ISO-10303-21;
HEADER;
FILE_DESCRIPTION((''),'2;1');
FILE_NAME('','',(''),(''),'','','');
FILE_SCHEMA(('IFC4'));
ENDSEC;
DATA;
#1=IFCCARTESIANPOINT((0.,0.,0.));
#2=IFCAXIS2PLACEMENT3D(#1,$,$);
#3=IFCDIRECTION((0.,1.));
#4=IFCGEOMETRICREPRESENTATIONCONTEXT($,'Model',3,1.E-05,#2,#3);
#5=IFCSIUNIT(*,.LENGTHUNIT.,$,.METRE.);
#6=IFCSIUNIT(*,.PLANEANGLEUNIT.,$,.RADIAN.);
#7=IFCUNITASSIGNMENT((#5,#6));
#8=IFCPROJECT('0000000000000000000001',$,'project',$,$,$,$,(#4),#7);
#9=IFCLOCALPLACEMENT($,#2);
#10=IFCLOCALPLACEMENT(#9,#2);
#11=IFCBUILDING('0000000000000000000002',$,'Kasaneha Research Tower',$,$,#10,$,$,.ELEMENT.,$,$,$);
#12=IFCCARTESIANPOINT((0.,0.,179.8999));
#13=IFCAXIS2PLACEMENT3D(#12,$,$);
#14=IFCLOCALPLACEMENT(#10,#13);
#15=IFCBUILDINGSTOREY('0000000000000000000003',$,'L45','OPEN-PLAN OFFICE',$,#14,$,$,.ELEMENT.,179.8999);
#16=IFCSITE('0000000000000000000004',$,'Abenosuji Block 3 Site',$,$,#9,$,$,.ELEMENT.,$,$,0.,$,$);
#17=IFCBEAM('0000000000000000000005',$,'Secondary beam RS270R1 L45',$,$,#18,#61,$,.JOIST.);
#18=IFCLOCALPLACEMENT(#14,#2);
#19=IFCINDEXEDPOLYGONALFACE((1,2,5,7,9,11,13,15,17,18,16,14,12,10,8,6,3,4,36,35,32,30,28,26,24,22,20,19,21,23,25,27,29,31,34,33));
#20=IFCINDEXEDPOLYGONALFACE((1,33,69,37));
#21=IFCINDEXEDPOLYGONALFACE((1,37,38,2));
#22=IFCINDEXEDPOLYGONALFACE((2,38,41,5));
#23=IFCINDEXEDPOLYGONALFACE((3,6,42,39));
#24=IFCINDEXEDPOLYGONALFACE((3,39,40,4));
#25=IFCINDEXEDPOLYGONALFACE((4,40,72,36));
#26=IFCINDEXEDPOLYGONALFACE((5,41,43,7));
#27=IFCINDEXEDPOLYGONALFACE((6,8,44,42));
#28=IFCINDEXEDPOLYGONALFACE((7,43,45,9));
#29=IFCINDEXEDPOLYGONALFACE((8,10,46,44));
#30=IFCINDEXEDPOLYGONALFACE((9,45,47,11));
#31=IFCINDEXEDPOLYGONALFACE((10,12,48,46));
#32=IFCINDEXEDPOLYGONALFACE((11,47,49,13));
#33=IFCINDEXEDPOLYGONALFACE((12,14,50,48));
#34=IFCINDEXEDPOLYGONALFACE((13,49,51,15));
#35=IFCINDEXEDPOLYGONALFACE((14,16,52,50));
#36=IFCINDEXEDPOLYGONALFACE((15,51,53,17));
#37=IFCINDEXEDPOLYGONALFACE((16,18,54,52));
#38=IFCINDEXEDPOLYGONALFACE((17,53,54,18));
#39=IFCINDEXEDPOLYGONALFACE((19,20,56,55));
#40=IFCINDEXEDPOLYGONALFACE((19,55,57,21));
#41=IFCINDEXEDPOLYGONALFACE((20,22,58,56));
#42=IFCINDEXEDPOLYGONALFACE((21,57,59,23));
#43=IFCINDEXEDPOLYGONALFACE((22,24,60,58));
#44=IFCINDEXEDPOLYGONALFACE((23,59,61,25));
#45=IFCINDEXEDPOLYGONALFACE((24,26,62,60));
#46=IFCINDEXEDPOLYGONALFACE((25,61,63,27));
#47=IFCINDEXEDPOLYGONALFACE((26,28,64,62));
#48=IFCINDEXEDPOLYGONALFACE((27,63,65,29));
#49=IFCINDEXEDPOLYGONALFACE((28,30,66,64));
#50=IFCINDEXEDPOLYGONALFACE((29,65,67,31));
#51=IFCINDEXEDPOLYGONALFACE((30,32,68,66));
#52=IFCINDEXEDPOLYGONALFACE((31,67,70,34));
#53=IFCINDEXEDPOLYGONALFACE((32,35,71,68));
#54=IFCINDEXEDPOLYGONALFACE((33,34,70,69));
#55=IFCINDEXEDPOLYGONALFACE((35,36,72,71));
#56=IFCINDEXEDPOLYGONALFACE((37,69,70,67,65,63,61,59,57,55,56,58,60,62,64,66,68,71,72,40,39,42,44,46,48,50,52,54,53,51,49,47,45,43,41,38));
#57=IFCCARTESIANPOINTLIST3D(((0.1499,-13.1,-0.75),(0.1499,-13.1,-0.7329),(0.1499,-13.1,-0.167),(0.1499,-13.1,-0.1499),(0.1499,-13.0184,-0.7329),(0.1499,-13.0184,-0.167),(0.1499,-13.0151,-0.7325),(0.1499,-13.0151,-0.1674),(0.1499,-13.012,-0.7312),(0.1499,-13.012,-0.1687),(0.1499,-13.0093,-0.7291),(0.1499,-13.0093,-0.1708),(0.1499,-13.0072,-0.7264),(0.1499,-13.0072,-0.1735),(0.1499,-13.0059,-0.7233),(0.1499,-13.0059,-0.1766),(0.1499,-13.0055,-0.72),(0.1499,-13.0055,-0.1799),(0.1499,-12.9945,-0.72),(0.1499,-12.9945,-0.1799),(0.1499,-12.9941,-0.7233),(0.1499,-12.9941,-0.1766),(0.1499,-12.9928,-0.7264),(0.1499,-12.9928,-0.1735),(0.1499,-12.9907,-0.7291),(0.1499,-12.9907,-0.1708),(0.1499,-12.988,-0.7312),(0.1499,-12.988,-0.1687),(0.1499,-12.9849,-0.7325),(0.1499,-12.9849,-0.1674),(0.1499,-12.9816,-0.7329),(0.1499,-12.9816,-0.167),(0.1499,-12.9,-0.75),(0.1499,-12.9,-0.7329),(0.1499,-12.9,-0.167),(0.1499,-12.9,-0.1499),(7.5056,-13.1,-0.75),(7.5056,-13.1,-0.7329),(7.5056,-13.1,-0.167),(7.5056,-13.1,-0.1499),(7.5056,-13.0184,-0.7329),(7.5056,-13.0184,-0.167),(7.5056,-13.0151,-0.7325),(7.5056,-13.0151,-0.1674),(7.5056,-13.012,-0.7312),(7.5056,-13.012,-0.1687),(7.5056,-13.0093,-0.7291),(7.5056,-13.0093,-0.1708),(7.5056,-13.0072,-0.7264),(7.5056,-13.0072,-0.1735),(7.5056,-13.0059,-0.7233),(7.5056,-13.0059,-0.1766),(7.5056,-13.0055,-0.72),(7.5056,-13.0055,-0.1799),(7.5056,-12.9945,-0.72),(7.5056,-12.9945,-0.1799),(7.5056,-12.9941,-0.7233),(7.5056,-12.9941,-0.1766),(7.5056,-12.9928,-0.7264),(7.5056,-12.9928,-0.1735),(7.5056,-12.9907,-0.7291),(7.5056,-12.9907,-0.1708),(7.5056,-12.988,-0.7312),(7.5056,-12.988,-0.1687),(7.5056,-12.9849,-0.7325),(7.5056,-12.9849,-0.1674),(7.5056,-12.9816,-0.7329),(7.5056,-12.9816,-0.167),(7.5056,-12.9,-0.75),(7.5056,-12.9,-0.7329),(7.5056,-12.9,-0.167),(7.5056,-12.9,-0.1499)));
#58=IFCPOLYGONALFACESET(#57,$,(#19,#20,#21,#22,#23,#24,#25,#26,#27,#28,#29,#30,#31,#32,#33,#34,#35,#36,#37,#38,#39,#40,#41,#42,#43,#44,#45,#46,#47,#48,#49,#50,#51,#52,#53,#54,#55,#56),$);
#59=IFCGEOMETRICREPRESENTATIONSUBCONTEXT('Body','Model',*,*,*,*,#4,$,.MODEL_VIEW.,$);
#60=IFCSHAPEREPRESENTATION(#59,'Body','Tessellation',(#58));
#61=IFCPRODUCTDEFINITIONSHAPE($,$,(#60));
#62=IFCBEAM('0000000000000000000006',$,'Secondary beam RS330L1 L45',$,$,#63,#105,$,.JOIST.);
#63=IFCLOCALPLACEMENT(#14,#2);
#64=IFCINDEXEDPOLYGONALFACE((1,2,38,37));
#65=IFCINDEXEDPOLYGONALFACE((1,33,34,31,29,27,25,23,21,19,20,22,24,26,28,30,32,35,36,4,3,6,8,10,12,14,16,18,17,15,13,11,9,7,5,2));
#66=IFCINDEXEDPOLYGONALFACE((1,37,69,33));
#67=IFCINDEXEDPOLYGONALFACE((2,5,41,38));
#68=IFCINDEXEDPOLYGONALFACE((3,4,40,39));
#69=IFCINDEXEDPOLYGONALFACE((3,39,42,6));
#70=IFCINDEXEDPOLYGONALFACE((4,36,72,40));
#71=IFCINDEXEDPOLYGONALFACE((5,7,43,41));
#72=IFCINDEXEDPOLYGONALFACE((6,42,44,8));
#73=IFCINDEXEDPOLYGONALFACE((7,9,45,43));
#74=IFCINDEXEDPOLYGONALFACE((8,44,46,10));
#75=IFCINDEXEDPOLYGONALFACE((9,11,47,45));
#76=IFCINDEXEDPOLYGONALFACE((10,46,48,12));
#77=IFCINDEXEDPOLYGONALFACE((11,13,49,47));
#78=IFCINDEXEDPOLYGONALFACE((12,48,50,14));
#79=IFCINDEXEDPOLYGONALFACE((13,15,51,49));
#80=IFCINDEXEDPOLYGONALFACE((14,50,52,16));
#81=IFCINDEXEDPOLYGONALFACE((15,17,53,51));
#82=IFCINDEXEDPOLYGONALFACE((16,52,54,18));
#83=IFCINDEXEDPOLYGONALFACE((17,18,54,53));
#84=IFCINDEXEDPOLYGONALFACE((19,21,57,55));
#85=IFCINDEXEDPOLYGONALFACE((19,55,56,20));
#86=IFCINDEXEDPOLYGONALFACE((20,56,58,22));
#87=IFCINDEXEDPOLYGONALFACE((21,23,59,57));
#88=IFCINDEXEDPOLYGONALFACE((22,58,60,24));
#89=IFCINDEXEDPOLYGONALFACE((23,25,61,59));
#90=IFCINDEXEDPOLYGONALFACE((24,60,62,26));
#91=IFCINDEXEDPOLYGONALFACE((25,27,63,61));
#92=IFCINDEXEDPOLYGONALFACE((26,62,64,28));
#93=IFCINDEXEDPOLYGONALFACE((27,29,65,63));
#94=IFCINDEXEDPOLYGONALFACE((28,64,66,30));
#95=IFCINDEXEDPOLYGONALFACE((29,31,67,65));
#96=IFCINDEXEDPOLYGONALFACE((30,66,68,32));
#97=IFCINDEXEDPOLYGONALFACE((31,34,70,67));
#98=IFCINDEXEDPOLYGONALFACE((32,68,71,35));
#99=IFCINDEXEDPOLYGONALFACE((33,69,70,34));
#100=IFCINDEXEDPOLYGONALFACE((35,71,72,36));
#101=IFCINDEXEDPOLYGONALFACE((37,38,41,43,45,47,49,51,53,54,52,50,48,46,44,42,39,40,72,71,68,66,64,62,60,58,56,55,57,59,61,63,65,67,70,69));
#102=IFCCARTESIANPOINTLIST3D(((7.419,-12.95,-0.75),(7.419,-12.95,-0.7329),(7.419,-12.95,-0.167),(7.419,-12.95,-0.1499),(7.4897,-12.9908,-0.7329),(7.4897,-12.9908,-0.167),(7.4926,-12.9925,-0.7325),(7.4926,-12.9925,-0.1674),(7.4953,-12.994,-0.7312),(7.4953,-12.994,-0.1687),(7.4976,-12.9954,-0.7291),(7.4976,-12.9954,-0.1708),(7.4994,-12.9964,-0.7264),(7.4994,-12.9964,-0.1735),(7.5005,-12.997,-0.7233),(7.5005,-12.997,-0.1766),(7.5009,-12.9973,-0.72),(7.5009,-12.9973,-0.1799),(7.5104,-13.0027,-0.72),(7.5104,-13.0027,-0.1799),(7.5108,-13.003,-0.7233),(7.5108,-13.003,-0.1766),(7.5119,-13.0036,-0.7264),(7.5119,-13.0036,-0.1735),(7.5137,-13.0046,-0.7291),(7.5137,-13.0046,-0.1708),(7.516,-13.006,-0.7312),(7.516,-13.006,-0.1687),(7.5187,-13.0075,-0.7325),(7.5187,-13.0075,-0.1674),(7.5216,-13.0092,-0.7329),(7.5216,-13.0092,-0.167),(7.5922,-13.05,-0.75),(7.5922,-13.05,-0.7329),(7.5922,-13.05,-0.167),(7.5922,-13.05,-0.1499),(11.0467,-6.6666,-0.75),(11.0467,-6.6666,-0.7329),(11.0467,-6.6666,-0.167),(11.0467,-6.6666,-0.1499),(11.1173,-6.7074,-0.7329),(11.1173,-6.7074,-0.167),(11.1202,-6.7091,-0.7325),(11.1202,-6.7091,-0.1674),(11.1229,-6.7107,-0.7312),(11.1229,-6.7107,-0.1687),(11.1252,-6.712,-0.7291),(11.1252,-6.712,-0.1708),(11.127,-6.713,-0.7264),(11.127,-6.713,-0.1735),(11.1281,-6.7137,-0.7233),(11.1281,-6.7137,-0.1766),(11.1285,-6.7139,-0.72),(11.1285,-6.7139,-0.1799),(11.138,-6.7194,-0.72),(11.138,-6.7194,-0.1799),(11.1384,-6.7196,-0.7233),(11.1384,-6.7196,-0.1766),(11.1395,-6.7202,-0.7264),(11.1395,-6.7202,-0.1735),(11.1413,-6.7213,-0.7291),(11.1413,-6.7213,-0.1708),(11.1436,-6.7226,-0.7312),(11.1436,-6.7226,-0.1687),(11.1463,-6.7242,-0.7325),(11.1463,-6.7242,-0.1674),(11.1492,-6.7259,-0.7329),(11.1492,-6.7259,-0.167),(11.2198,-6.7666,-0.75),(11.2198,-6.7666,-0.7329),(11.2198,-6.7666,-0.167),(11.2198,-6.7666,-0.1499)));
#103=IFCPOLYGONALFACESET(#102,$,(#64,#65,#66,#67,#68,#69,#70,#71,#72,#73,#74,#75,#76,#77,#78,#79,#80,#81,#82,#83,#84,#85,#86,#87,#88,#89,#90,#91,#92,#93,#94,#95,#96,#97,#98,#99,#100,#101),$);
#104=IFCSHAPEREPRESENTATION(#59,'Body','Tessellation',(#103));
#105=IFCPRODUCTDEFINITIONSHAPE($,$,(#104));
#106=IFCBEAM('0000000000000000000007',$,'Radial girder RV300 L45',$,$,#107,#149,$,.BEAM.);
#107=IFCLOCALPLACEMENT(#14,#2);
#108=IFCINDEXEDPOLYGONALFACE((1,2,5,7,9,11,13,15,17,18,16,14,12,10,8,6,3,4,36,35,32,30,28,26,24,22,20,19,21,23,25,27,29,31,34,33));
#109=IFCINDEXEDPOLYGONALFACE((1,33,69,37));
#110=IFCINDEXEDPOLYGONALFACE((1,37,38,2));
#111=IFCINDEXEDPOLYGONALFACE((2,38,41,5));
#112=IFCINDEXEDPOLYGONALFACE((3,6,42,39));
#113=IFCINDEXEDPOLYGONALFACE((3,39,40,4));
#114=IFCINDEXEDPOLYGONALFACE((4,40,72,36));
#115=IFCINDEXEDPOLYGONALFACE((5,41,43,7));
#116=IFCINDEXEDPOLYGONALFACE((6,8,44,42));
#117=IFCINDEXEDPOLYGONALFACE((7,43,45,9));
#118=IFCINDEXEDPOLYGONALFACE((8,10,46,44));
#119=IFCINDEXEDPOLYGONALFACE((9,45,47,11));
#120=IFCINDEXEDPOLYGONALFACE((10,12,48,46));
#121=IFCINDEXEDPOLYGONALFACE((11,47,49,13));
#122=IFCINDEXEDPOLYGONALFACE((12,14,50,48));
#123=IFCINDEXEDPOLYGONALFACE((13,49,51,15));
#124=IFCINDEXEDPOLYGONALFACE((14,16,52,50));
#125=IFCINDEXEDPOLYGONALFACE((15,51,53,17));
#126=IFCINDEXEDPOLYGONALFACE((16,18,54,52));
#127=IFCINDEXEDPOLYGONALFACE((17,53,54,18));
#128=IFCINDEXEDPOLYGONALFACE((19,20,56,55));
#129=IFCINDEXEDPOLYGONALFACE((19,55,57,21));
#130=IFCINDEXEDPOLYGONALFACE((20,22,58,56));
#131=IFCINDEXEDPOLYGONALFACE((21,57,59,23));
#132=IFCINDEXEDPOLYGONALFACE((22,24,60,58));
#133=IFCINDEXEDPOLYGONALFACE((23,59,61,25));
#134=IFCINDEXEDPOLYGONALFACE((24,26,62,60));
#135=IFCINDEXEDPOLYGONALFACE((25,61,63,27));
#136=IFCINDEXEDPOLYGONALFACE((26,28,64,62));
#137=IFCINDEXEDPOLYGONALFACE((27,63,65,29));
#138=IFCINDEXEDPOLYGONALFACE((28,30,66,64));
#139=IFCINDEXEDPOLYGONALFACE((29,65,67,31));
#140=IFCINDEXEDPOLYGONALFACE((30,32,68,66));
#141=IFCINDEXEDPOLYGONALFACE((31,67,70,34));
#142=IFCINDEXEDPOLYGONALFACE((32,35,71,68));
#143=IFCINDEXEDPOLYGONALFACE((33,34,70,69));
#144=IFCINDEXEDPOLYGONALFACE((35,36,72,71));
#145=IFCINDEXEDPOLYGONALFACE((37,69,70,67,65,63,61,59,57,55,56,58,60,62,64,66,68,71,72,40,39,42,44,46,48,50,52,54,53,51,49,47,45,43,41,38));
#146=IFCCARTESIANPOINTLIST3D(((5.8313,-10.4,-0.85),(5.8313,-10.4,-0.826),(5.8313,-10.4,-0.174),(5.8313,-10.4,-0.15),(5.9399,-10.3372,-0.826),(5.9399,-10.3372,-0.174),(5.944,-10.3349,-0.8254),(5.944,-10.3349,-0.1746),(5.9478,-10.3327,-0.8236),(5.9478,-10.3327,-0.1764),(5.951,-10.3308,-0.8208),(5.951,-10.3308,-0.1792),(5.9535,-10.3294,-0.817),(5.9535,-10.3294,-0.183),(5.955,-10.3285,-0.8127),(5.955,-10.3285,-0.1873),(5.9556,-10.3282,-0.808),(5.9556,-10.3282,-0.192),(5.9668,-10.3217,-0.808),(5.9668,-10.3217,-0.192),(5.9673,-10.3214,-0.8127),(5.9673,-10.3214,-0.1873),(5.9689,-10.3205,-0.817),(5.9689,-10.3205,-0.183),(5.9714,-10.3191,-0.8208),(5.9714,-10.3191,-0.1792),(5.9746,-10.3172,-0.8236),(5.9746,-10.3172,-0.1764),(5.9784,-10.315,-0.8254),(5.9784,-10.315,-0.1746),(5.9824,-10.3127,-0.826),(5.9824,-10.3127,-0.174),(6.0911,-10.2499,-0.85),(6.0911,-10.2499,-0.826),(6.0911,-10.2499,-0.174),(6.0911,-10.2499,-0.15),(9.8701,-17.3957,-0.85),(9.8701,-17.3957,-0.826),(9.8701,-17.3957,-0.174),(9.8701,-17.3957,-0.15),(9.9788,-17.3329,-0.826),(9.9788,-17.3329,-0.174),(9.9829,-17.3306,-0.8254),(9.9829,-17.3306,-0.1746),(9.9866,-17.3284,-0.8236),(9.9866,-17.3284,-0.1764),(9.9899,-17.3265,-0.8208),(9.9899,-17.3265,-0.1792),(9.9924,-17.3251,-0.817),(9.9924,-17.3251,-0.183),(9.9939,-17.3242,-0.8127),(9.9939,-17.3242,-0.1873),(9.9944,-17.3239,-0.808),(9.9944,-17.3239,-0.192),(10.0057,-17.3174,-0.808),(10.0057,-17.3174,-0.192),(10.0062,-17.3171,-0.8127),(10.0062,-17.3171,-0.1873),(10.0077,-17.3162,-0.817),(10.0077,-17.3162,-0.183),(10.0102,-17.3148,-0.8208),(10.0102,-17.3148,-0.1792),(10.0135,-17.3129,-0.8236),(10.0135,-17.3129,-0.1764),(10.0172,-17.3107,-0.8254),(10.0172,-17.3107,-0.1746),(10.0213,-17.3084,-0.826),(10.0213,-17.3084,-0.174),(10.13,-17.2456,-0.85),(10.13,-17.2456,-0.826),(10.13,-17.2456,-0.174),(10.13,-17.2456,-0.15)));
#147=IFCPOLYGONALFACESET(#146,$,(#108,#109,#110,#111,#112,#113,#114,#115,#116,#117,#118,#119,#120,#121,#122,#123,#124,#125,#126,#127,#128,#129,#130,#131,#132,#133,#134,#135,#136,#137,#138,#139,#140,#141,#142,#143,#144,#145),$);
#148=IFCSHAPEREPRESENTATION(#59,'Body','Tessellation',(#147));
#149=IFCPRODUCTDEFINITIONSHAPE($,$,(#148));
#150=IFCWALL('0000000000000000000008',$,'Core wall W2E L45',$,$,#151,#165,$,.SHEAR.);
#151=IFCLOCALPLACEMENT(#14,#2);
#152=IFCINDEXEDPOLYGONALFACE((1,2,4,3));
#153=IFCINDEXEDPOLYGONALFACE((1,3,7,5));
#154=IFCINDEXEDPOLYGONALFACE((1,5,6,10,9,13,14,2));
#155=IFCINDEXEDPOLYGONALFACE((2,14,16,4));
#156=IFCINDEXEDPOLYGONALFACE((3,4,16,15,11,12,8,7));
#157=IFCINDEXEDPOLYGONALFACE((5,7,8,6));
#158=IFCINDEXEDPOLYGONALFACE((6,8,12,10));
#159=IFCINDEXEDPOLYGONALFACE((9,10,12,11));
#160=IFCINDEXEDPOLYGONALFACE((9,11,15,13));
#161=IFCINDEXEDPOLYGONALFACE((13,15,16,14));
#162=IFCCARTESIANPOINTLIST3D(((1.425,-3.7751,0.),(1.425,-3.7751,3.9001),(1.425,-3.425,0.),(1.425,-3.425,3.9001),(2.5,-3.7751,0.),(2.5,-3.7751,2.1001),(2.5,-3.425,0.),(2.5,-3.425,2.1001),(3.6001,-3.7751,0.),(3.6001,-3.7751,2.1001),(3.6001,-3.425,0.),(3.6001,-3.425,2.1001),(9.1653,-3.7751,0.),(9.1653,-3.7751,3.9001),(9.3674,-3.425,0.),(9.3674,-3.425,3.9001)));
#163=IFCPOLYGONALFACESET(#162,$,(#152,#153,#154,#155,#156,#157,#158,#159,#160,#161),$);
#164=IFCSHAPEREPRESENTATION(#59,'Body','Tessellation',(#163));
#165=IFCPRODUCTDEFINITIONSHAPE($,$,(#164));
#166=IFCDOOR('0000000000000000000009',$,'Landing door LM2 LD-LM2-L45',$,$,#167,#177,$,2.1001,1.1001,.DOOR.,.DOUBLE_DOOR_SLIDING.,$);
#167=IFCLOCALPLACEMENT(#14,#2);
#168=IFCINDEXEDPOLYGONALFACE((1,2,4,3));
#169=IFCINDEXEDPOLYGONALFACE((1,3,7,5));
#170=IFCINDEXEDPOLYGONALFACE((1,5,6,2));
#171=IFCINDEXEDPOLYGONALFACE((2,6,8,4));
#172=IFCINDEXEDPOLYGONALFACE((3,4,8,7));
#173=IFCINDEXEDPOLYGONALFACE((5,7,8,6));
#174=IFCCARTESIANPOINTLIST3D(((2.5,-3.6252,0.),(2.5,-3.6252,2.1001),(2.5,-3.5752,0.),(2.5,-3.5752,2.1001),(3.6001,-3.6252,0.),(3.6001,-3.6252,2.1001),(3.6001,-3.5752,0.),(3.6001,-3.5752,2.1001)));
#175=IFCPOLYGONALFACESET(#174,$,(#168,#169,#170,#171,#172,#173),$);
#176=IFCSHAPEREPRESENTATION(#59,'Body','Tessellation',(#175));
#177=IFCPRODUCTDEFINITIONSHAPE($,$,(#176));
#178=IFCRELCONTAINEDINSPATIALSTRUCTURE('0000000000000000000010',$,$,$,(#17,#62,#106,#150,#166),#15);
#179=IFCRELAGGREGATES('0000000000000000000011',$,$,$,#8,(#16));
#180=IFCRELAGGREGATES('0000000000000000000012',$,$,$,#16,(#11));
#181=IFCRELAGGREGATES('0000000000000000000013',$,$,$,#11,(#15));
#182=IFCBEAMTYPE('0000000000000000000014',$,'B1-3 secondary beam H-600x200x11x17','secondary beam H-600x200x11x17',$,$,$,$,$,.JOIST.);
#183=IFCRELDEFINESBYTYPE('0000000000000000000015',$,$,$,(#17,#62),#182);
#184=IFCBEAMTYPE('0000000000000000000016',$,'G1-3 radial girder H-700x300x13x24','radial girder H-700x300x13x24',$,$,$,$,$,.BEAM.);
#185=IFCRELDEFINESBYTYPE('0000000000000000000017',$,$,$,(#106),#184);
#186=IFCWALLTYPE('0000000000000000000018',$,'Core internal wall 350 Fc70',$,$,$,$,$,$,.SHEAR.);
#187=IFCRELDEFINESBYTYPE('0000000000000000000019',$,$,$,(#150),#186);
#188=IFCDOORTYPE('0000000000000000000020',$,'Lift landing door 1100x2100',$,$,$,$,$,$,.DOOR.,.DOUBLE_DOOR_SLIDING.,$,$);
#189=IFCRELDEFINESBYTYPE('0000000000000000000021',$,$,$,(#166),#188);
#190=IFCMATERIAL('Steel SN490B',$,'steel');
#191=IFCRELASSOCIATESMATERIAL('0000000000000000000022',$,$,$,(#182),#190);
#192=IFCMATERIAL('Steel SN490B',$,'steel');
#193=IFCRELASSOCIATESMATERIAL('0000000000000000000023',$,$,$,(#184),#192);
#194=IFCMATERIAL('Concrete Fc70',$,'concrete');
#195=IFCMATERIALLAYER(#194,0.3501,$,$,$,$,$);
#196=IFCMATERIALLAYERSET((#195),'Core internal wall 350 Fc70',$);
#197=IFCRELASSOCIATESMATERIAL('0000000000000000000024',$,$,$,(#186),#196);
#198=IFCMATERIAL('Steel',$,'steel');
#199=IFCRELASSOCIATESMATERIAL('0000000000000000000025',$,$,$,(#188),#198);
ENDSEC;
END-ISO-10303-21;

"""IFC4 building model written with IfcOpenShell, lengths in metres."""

from ifc_helpers import new_model, si_unit, direction, frame, frame_2d, origin, origin_2d, place, context, subcontext, project, spatial, polyline, rectangle, i_section, outline, extrude, material, layer, layer_set, material_profile, profile_set, type_object, element, fill, save


model = new_model("IFC4")

# Units and contexts
model_context = context("Model", 3, precision=1e-05, world=origin(), true_north=direction((0.0, 1.0)))
body_context = subcontext(model_context, "Body", "Model", "MODEL_VIEW")
ifc_project = project(units=[si_unit("LENGTHUNIT", "METRE"), si_unit("PLANEANGLEUNIT", "RADIAN")], contexts=[model_context])

# Site, building, storey
site_placement = place(None, origin())
site = spatial("IfcSite", under=ifc_project, at=site_placement, Name="Abenosuji Block 3 Site", CompositionType="ELEMENT", RefElevation=0.0)
building_placement = place(site_placement, origin())
building = spatial("IfcBuilding", under=site, at=building_placement, Name="Kasaneha Research Tower", CompositionType="ELEMENT")
storey_placement = place(building_placement, frame((0.0, 0.0, 179.8999)))
storey = spatial("IfcBuildingStorey", under=building, at=storey_placement, Name="L45", Description="OPEN-PLAN OFFICE", CompositionType="ELEMENT", Elevation=179.8999)

# Beams
ifc_material_1 = material(Name="Steel SN490B", Category="steel")
ifc_material_profile_1 = material_profile(ifc_material_1, i_section(OverallWidth=0.2, OverallDepth=0.6001, WebThickness=0.011, FlangeThickness=0.0171, FilletRadius=0.0129, at=origin_2d()), Name="H-600x200x11x17")
ifc_profile_set_1 = profile_set([ifc_material_profile_1], Name="Steel SN490B")
beam_type_1 = type_object("IfcBeamType", Name="B1-3 secondary beam H-600x200x11x17", Description="secondary beam H-600x200x11x17", PredefinedType="JOIST", material=ifc_profile_set_1)
beam_1_placement = place(storey_placement, frame((7.5056, -13.0, -0.45), z_axis=(-1.0, 0.0, 0.0), x_axis=(0.0, -1.0, 0.0)))
element("IfcBeam", 1, at=beam_1_placement, inside=storey, type_object=beam_type_1, Name="Secondary beam RS270R1 L45", PredefinedType="JOIST", context=body_context, shape_type="SweptSolid", body=[
    extrude(i_section(OverallWidth=0.2, OverallDepth=0.6001, WebThickness=0.011, FlangeThickness=0.0171, FilletRadius=0.0129, at=origin_2d()), origin(), (0.0, 0.0, 1.0), 7.3557),
])
beam_2_placement = place(storey_placement, frame((7.5056, -13.0, -0.45), z_axis=(0.499993, 0.866029, 0.0), x_axis=(-0.866029, 0.499993, 0.0)))
element("IfcBeam", 2, at=beam_2_placement, inside=storey, type_object=beam_type_1, Name="Secondary beam RS330L1 L45", PredefinedType="JOIST", context=body_context, shape_type="SweptSolid", body=[
    extrude(i_section(OverallWidth=0.2, OverallDepth=0.6001, WebThickness=0.011, FlangeThickness=0.0171, FilletRadius=0.0129, at=origin_2d()), origin(), (0.0, 0.0, 1.0), 7.2554),
])
ifc_material_2 = material(Name="Steel SN490B", Category="steel")
ifc_material_profile_2 = material_profile(ifc_material_2, i_section(OverallWidth=0.3, OverallDepth=0.7, WebThickness=0.0129, FlangeThickness=0.0239, FilletRadius=0.0181, at=origin_2d()), Name="H-700x300x13x24")
ifc_profile_set_2 = profile_set([ifc_material_profile_2], Name="Steel SN490B")
beam_type_2 = type_object("IfcBeamType", Name="G1-3 radial girder H-700x300x13x24", Description="radial girder H-700x300x13x24", PredefinedType="BEAM", material=ifc_profile_set_2)
beam_3_placement = place(storey_placement, frame((5.9612, -10.325, -0.5), z_axis=(0.499991, -0.866031, 0.0), x_axis=(0.866031, 0.499991, 0.0)))
element("IfcBeam", 3, at=beam_3_placement, inside=storey, type_object=beam_type_2, Name="Radial girder RV300 L45", PredefinedType="BEAM", context=body_context, shape_type="SweptSolid", body=[
    extrude(i_section(OverallWidth=0.3, OverallDepth=0.7, WebThickness=0.0129, FlangeThickness=0.0239, FilletRadius=0.0181, at=origin_2d()), origin(), (0.0, 0.0, 1.0), 8.0779),
])

# Wall, opening, door
ifc_material_3 = material(Name="Concrete Fc70", Category="concrete")
ifc_layer_1 = layer(ifc_material_3, 0.3501)
ifc_layer_set_1 = layer_set([ifc_layer_1], Name="Core internal wall 350 Fc70")
wall_type_1 = type_object("IfcWallType", Name="Core internal wall 350 Fc70", PredefinedType="SHEAR", material=ifc_layer_set_1)
wall_1_placement = place(storey_placement, frame((1.425, -3.6001, 0.0), z_axis=(0.0, 0.0, 1.0), x_axis=(1.0, 0.0, 0.0)))
wall_1 = element("IfcWall", 4, at=wall_1_placement, inside=storey, type_object=wall_type_1, Name="Core wall W2E L45", PredefinedType="SHEAR", context=body_context, shape_type="SweptSolid", body=[
    extrude(outline(polyline([(0.0, -0.175), (1.075, -0.175), (2.175, -0.175), (7.7402, -0.175), (7.9424, 0.175), (2.175, 0.175), (1.075, 0.175), (0.0, 0.175), (0.0, -0.175)])), origin(), (0.0, 0.0, 1.0), 3.9001),
])
opening_1_placement = place(wall_1_placement, frame((1.075, 0.0, 0.0)))
opening_1 = element("IfcOpeningElement", 5, at=opening_1_placement, cuts=wall_1, PredefinedType="OPENING", context=body_context, shape_type="SweptSolid", body=[
    extrude(rectangle(XDim=1.1001, YDim=2.1001, at=frame_2d((0.55, 1.05))), frame((0.0, 0.1851, 0.0), z_axis=(0.0, -1.0, 0.0), x_axis=(1.0, 0.0, 0.0)), (0.0, 0.0, 1.0), 0.3701),
])
ifc_material_4 = material(Name="Steel", Category="steel")
door_type_1 = type_object("IfcDoorType", Name="Lift landing door 1100x2100", OperationType="DOUBLE_DOOR_SLIDING", PredefinedType="DOOR", material=ifc_material_4)
door_1_placement = place(opening_1_placement, origin())
door_1 = element("IfcDoor", 6, at=door_1_placement, inside=storey, type_object=door_type_1, Name="Landing door LM2 LD-LM2-L45", OperationType="DOUBLE_DOOR_SLIDING", OverallHeight=2.1001, OverallWidth=1.1001, PredefinedType="DOOR", context=body_context, shape_type="SweptSolid", body=[
    extrude(rectangle(XDim=1.1001, YDim=2.1001, at=frame_2d((0.55, 1.05))), frame((0.0, 0.0249, 0.0), z_axis=(0.0, -1.0, 0.0), x_axis=(1.0, 0.0, 0.0)), (0.0, 0.0, 1.0), 0.05),
])
fill(opening_1, door_1)

save(model, "model.ifc")
